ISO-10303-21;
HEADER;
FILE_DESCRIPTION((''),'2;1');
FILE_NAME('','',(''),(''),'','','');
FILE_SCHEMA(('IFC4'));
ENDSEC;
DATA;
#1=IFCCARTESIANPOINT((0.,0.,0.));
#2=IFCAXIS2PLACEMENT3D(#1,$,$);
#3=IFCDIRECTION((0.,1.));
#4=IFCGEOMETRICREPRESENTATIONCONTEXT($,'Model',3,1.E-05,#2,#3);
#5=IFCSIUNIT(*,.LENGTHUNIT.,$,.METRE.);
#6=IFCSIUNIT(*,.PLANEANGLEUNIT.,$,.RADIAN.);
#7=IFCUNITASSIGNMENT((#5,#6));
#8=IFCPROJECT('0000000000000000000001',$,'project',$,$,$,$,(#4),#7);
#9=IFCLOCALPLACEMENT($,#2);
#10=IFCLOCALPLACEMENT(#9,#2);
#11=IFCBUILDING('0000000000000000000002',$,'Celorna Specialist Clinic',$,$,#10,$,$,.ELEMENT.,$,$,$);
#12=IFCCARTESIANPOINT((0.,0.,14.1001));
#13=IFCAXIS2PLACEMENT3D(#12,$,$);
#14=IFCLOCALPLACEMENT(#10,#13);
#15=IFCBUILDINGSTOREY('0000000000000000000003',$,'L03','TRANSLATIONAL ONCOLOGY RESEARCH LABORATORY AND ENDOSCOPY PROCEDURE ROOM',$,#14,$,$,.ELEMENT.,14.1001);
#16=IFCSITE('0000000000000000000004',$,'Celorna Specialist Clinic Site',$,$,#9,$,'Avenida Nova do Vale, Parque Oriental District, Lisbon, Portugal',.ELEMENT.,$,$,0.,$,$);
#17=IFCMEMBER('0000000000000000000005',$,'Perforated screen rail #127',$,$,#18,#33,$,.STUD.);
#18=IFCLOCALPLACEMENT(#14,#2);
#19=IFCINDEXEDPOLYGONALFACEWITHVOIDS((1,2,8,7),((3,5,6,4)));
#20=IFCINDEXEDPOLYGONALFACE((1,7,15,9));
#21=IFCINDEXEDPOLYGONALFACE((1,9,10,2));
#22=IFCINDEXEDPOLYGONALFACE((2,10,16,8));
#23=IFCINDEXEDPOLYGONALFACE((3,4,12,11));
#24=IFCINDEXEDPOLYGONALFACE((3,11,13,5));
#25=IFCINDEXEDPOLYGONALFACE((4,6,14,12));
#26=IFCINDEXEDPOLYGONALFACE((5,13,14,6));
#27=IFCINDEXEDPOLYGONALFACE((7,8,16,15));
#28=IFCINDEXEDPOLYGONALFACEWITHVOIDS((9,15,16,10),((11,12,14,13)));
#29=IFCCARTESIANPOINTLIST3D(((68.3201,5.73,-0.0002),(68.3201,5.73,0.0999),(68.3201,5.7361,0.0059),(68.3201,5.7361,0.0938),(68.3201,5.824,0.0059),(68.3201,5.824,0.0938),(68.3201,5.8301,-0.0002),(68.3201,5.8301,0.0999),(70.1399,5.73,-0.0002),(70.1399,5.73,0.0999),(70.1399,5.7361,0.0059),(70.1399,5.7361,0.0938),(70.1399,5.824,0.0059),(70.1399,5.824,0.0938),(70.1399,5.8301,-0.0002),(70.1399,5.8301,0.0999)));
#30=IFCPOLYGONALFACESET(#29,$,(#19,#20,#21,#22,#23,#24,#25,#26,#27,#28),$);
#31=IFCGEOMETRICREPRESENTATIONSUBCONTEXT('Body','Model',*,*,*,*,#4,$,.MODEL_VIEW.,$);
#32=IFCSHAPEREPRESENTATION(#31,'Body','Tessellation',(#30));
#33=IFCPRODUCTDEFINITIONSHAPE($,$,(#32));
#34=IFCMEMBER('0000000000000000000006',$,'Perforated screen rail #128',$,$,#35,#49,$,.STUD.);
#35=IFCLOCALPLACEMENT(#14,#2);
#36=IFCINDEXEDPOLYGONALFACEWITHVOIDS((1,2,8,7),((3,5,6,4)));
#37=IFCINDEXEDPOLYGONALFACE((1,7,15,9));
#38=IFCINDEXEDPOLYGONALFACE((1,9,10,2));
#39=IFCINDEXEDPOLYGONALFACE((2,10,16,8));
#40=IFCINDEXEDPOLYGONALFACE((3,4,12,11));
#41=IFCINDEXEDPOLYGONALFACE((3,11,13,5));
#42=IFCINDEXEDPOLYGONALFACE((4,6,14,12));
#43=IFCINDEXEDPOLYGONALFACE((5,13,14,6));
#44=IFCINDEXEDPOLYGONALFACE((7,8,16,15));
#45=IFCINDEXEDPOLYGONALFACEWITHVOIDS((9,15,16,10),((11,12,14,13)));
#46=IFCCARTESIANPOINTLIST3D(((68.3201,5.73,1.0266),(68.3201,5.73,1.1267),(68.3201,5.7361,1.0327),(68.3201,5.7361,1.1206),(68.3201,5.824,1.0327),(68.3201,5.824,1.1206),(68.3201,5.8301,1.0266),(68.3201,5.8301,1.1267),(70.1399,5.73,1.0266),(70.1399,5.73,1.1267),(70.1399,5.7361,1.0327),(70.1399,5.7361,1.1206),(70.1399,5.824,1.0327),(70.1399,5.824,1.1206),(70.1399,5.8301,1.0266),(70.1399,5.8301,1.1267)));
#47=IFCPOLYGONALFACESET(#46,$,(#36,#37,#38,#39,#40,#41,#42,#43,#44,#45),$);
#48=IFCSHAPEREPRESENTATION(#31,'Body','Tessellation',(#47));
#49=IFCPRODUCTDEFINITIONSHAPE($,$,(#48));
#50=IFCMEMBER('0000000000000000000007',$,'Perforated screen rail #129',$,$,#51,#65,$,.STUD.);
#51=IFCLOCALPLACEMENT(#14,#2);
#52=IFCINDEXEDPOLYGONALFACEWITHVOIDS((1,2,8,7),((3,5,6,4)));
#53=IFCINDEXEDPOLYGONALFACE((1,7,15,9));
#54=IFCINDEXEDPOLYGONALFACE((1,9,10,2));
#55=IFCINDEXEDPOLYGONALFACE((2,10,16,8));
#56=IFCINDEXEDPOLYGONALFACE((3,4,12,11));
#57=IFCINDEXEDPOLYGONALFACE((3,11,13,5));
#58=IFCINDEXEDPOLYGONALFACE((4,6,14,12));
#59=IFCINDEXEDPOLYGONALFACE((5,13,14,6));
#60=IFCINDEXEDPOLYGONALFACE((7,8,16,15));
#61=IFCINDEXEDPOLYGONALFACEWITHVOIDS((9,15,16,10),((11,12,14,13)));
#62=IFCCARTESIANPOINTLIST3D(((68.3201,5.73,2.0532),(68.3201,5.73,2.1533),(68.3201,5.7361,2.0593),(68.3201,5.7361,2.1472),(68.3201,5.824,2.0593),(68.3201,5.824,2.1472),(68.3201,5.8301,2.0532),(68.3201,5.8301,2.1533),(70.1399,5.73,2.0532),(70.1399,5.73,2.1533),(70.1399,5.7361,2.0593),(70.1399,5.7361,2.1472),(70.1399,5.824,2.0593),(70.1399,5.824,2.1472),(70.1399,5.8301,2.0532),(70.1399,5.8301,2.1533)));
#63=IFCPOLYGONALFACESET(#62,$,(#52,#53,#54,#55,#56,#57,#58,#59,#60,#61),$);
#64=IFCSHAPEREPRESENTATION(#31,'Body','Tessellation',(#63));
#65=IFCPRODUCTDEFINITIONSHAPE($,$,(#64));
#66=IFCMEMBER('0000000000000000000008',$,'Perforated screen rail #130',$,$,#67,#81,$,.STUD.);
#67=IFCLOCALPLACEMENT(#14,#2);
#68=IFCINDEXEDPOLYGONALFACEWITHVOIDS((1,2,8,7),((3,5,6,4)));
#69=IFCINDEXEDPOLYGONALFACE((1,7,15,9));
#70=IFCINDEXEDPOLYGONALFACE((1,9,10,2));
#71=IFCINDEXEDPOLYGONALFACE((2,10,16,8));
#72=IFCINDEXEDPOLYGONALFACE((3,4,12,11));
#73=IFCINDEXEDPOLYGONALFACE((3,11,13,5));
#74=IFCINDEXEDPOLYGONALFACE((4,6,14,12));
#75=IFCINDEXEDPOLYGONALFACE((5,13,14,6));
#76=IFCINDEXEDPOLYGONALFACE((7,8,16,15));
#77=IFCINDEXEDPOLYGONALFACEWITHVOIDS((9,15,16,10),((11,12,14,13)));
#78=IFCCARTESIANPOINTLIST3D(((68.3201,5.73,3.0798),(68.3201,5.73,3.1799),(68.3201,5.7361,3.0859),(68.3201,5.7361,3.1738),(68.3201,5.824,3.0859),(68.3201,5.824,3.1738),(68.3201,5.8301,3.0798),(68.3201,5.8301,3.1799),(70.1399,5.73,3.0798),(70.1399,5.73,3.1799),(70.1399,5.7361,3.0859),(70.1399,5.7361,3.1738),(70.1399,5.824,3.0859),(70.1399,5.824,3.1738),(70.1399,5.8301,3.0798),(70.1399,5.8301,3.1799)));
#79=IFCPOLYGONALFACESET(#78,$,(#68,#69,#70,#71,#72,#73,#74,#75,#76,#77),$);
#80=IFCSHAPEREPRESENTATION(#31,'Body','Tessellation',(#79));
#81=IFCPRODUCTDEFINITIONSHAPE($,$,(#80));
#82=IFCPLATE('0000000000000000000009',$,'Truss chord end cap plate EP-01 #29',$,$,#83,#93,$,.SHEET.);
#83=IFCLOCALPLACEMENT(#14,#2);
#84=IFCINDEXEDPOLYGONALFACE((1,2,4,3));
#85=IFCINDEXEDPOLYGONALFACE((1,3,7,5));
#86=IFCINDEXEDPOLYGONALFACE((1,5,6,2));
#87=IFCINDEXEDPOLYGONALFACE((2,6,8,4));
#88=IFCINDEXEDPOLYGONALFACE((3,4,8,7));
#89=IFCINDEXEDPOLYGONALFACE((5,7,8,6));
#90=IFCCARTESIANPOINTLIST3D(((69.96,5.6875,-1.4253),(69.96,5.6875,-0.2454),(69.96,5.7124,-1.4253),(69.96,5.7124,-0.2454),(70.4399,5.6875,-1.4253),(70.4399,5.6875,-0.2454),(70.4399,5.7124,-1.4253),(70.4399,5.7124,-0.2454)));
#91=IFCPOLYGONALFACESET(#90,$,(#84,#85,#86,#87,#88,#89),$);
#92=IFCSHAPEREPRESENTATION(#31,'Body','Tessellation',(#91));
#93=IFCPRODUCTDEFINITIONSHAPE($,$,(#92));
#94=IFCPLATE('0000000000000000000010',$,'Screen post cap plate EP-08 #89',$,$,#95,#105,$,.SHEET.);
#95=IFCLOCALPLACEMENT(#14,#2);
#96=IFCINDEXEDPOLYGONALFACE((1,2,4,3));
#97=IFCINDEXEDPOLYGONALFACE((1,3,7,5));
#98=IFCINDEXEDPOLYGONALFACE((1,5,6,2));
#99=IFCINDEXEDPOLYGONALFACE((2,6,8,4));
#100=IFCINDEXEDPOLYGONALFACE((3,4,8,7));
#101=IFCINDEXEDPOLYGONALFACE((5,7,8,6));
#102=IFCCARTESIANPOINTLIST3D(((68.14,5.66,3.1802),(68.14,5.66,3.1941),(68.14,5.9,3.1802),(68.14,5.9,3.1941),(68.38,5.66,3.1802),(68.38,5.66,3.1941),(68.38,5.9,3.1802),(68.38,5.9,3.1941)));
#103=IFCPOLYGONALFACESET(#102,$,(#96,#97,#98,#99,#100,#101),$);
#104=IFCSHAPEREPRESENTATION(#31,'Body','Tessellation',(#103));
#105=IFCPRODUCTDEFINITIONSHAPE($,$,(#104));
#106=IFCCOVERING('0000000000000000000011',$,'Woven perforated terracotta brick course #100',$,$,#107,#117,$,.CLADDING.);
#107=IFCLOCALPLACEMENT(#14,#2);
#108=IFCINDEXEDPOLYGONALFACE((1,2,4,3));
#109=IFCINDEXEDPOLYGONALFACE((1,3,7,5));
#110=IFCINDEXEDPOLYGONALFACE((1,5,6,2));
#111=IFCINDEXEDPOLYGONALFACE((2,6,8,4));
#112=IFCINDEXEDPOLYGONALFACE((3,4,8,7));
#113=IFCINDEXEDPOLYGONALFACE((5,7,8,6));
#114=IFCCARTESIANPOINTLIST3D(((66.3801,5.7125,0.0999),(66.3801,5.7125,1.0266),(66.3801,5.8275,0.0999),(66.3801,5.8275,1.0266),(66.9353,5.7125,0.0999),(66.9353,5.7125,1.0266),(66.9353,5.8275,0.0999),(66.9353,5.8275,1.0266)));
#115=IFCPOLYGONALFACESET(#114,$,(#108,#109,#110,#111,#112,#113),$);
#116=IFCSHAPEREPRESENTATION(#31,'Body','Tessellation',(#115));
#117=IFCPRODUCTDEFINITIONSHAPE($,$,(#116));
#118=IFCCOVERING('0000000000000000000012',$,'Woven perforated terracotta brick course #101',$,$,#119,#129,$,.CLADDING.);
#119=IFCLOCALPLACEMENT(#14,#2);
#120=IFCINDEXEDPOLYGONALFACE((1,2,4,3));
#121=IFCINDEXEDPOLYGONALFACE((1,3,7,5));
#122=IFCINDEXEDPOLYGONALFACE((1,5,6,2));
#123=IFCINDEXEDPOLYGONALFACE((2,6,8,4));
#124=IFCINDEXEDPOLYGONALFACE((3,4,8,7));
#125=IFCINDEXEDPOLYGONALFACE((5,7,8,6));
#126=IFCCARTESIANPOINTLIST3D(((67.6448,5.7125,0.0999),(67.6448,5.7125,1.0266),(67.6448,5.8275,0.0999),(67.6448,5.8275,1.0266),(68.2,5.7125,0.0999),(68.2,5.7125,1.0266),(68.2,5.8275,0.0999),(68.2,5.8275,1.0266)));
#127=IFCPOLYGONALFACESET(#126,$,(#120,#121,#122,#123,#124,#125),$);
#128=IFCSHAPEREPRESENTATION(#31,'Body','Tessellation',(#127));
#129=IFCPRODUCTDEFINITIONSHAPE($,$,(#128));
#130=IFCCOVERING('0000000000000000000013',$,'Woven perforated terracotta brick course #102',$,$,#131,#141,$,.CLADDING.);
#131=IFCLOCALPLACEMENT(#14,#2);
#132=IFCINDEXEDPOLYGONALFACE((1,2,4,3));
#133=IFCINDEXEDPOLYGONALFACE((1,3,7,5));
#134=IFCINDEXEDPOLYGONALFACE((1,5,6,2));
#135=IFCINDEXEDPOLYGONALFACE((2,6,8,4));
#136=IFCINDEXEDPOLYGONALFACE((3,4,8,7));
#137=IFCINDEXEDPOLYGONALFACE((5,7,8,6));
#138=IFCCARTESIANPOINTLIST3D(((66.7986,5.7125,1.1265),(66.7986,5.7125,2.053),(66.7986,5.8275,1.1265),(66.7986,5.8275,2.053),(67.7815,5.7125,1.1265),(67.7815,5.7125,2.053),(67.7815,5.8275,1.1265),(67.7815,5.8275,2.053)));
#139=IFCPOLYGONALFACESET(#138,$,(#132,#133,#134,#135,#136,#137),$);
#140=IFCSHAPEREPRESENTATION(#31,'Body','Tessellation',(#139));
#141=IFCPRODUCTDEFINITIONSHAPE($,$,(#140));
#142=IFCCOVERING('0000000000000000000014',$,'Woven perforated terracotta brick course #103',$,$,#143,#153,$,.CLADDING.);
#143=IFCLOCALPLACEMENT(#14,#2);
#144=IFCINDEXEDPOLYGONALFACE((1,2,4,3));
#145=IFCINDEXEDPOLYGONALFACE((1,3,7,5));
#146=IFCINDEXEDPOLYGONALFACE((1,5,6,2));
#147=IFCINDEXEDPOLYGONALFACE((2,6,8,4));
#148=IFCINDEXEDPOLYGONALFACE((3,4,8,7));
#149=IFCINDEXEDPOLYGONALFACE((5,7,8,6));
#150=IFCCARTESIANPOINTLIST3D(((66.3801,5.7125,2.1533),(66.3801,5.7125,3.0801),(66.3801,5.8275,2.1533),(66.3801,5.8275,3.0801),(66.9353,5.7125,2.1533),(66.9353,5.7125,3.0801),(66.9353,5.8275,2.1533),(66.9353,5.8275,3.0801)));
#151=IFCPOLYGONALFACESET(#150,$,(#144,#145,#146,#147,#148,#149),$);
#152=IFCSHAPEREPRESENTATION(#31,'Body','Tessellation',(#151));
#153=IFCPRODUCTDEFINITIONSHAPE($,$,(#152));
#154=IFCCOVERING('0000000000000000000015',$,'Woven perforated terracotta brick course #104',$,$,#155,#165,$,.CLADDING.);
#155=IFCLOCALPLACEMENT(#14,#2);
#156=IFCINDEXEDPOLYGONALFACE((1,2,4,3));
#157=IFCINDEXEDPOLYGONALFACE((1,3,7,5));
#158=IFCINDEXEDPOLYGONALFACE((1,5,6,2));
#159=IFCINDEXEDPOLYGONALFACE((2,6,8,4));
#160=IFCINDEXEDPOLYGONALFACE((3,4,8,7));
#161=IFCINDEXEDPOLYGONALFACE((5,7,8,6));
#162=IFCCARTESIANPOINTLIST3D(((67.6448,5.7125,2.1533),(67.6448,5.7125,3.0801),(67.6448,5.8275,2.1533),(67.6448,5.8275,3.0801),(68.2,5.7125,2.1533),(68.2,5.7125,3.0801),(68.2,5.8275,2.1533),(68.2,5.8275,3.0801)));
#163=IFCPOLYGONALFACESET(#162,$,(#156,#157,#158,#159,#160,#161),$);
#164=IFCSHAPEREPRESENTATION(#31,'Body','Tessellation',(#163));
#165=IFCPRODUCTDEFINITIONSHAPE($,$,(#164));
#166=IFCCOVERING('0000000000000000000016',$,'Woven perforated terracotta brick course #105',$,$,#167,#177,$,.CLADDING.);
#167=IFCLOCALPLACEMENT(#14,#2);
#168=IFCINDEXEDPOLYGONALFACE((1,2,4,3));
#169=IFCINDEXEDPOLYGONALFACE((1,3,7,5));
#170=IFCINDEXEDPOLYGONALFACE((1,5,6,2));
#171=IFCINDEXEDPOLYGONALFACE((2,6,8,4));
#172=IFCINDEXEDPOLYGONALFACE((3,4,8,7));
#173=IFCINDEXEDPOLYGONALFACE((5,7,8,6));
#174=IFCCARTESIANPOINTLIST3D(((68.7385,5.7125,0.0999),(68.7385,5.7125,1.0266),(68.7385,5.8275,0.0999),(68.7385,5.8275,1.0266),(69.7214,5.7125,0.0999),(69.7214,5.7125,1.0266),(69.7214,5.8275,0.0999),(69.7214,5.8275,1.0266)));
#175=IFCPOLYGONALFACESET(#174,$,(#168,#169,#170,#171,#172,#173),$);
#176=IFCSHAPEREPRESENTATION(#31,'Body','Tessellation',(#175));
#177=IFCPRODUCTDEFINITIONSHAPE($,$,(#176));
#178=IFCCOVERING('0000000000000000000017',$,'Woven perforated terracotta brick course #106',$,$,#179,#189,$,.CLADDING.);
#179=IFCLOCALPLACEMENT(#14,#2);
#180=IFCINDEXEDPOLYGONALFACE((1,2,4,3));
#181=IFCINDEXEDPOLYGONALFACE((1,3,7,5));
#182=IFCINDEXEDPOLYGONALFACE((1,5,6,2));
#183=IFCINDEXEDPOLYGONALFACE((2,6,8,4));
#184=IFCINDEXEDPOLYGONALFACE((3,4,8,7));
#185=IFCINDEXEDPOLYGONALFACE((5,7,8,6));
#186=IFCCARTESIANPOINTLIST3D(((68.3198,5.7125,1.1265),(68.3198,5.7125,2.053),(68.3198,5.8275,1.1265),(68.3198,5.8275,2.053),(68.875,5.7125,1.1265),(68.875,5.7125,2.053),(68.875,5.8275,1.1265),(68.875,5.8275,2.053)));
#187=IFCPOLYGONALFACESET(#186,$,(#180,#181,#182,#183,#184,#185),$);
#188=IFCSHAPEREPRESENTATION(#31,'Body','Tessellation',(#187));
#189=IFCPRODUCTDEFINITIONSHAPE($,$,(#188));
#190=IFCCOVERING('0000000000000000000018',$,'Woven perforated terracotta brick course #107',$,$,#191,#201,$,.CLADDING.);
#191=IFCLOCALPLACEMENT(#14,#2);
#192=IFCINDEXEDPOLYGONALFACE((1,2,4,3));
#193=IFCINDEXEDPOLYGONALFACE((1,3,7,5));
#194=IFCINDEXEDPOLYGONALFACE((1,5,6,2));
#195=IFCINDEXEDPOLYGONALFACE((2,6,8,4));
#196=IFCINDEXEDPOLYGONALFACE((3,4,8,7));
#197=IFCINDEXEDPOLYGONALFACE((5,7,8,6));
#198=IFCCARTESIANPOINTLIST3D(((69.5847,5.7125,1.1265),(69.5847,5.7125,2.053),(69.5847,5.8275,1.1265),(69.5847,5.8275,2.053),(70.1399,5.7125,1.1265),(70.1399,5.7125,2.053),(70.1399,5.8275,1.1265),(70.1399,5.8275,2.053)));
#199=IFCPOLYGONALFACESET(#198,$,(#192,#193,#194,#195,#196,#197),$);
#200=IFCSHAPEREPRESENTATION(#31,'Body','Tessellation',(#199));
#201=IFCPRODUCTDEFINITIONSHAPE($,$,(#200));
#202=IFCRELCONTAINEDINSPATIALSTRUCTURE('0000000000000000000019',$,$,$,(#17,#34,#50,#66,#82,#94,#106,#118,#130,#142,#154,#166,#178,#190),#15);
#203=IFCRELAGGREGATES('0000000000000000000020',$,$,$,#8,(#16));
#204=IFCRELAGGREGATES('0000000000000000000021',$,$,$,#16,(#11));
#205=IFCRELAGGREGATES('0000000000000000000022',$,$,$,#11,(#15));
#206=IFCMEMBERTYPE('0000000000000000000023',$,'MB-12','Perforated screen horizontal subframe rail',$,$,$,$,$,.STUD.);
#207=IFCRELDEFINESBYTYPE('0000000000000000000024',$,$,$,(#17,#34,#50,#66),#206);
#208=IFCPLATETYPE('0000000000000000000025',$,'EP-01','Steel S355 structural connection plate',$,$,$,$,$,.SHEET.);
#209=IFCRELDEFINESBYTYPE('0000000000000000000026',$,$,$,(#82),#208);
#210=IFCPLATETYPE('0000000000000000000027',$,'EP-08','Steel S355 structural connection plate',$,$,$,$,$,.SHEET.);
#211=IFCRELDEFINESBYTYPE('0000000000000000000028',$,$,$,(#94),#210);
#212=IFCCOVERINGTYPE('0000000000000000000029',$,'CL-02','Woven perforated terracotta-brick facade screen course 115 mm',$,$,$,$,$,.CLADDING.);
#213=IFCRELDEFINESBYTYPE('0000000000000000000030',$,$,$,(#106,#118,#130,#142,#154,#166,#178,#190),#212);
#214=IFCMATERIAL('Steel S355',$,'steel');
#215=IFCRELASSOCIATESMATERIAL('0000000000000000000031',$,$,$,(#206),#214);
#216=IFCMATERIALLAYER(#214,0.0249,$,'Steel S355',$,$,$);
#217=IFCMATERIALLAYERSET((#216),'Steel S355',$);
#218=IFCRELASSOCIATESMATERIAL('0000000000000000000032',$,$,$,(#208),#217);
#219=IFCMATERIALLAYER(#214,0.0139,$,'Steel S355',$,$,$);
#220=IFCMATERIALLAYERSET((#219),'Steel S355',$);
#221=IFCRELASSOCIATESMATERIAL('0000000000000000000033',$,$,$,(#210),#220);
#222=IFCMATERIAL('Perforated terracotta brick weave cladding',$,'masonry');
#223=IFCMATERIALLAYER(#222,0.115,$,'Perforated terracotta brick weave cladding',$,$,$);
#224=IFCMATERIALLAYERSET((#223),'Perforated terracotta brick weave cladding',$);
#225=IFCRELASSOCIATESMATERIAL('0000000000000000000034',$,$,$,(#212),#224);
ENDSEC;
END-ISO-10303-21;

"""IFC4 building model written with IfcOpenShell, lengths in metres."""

from ifc_helpers import new_model, si_unit, direction, frame, origin, origin_2d, place, context, subcontext, project, spatial, rectangle, hollow_rectangle, extrude, material, layer, layer_set, material_profile, profile_set, type_object, element, save


model = new_model("IFC4")

# Units and contexts
model_context = context("Model", 3, precision=1e-05, world=origin(), true_north=direction((0.0, 1.0)))
body_context = subcontext(model_context, "Body", "Model", "MODEL_VIEW")
ifc_project = project(units=[si_unit("LENGTHUNIT", "METRE"), si_unit("PLANEANGLEUNIT", "RADIAN")], contexts=[model_context])

# Site, building, storey
site_placement = place(None, origin())
site = spatial("IfcSite", under=ifc_project, at=site_placement, Name="Celorna Specialist Clinic Site", LongName="Avenida Nova do Vale, Parque Oriental District, Lisbon, Portugal", CompositionType="ELEMENT", RefElevation=0.0)
building_placement = place(site_placement, origin())
building = spatial("IfcBuilding", under=site, at=building_placement, Name="Celorna Specialist Clinic", CompositionType="ELEMENT")
storey_placement = place(building_placement, frame((0.0, 0.0, 14.1001)))
storey = spatial("IfcBuildingStorey", under=building, at=storey_placement, Name="L03", Description="TRANSLATIONAL ONCOLOGY RESEARCH LABORATORY AND ENDOSCOPY PROCEDURE ROOM", CompositionType="ELEMENT", Elevation=14.1001)

# Shared definitions
ifc_material_1 = material(Name="Steel S355", Category="steel")

# Members
ifc_material_profile_1 = material_profile(ifc_material_1, hollow_rectangle(XDim=0.1001, YDim=0.1001, WallThickness=0.0061, at=origin_2d()), Name="SHS 100x100x6")
ifc_profile_set_1 = profile_set([ifc_material_profile_1], Name="Steel S355")
member_type_1 = type_object("IfcMemberType", Name="MB-12", Description="Perforated screen horizontal subframe rail", PredefinedType="STUD", material=ifc_profile_set_1)
for number, where, z_axis, x_axis, name in (
    (1, (68.3201, 5.78, 0.0498), (1.0, 0.0, 0.0), (0.0, 1.0, 0.0), "Perforated screen rail #127"),
    (2, (68.3201, 5.78, 1.0767), (1.0, 0.0, 0.0), (0.0, 1.0, 0.0), "Perforated screen rail #128"),
    (3, (68.3201, 5.78, 2.1033), (1.0, 0.0, 0.0), (0.0, 1.0, 0.0), "Perforated screen rail #129"),
    (4, (68.3201, 5.78, 3.1299), (1.0, 0.0, 0.0), (0.0, 1.0, 0.0), "Perforated screen rail #130"),
):
    element("IfcMember", number, at=place(storey_placement, frame(where, z_axis=z_axis, x_axis=x_axis)), inside=storey, type_object=member_type_1, Name=name, PredefinedType="STUD", context=body_context, shape_type="SweptSolid", body=[
        extrude(hollow_rectangle(XDim=0.1001, YDim=0.1001, WallThickness=0.0061, at=origin_2d()), origin(), (0.0, 0.0, 1.0), 1.8198),
    ])

# Plates
ifc_layer_1 = layer(ifc_material_1, 0.0249, Name="Steel S355")
ifc_layer_set_1 = layer_set([ifc_layer_1], Name="Steel S355")
plate_type_1 = type_object("IfcPlateType", Name="EP-01", Description="Steel S355 structural connection plate", PredefinedType="SHEET", material=ifc_layer_set_1)
plate_1_placement = place(storey_placement, frame((70.2, 5.7, -1.4253), z_axis=(0.0, 0.0, 1.0), x_axis=(1.0, 0.0, 0.0)))
element("IfcPlate", 5, at=plate_1_placement, inside=storey, type_object=plate_type_1, Name="Truss chord end cap plate EP-01 #29", PredefinedType="SHEET", context=body_context, shape_type="SweptSolid", body=[
    extrude(rectangle(XDim=0.48, YDim=0.0249, at=origin_2d()), origin(), (0.0, 0.0, 1.0), 1.1799),
])
ifc_layer_2 = layer(ifc_material_1, 0.0139, Name="Steel S355")
ifc_layer_set_2 = layer_set([ifc_layer_2], Name="Steel S355")
plate_type_2 = type_object("IfcPlateType", Name="EP-08", Description="Steel S355 structural connection plate", PredefinedType="SHEET", material=ifc_layer_set_2)
plate_2_placement = place(storey_placement, frame((68.26, 5.78, 3.1802), z_axis=(0.0, 0.0, 1.0), x_axis=(1.0, 0.0, 0.0)))
element("IfcPlate", 6, at=plate_2_placement, inside=storey, type_object=plate_type_2, Name="Screen post cap plate EP-08 #89", PredefinedType="SHEET", context=body_context, shape_type="SweptSolid", body=[
    extrude(rectangle(XDim=0.24, YDim=0.24, at=origin_2d()), origin(), (0.0, 0.0, 1.0), 0.0139),
])

# Coverings
ifc_material_2 = material(Name="Perforated terracotta brick weave cladding", Category="masonry")
ifc_layer_3 = layer(ifc_material_2, 0.115, Name="Perforated terracotta brick weave cladding")
ifc_layer_set_3 = layer_set([ifc_layer_3], Name="Perforated terracotta brick weave cladding")
covering_type = type_object("IfcCoveringType", Name="CL-02", Description="Woven perforated terracotta-brick facade screen course 115 mm", PredefinedType="CLADDING", material=ifc_layer_set_3)
for number, where, z_axis, x_axis, name in (
    (7, (66.6577, 5.77, 0.0999), (0.0, 0.0, 1.0), (1.0, 0.0, 0.0), "Woven perforated terracotta brick course #100"),
    (8, (67.9224, 5.77, 0.0999), (0.0, 0.0, 1.0), (1.0, 0.0, 0.0), "Woven perforated terracotta brick course #101"),
):
    element("IfcCovering", number, at=place(storey_placement, frame(where, z_axis=z_axis, x_axis=x_axis)), inside=storey, type_object=covering_type, Name=name, PredefinedType="CLADDING", context=body_context, shape_type="SweptSolid", body=[
        extrude(rectangle(XDim=0.5552, YDim=0.115, at=origin_2d()), origin(), (0.0, 0.0, 1.0), 0.9268),
    ])
covering_1_placement = place(storey_placement, frame((67.29, 5.77, 1.1265), z_axis=(0.0, 0.0, 1.0), x_axis=(1.0, 0.0, 0.0)))
element("IfcCovering", 9, at=covering_1_placement, inside=storey, type_object=covering_type, Name="Woven perforated terracotta brick course #102", PredefinedType="CLADDING", context=body_context, shape_type="SweptSolid", body=[
    extrude(rectangle(XDim=0.9829, YDim=0.115, at=origin_2d()), origin(), (0.0, 0.0, 1.0), 0.9265),
])
for number, where, z_axis, x_axis, name in (
    (10, (66.6577, 5.77, 2.1533), (0.0, 0.0, 1.0), (1.0, 0.0, 0.0), "Woven perforated terracotta brick course #103"),
    (11, (67.9224, 5.77, 2.1533), (0.0, 0.0, 1.0), (1.0, 0.0, 0.0), "Woven perforated terracotta brick course #104"),
):
    element("IfcCovering", number, at=place(storey_placement, frame(where, z_axis=z_axis, x_axis=x_axis)), inside=storey, type_object=covering_type, Name=name, PredefinedType="CLADDING", context=body_context, shape_type="SweptSolid", body=[
        extrude(rectangle(XDim=0.5552, YDim=0.115, at=origin_2d()), origin(), (0.0, 0.0, 1.0), 0.9268),
    ])
covering_2_placement = place(storey_placement, frame((69.23, 5.77, 0.0999), z_axis=(0.0, 0.0, 1.0), x_axis=(1.0, 0.0, 0.0)))
element("IfcCovering", 12, at=covering_2_placement, inside=storey, type_object=covering_type, Name="Woven perforated terracotta brick course #105", PredefinedType="CLADDING", context=body_context, shape_type="SweptSolid", body=[
    extrude(rectangle(XDim=0.9829, YDim=0.115, at=origin_2d()), origin(), (0.0, 0.0, 1.0), 0.9268),
])
for number, where, z_axis, x_axis, name in (
    (13, (68.5974, 5.77, 1.1265), (0.0, 0.0, 1.0), (1.0, 0.0, 0.0), "Woven perforated terracotta brick course #106"),
    (14, (69.8623, 5.77, 1.1265), (0.0, 0.0, 1.0), (1.0, 0.0, 0.0), "Woven perforated terracotta brick course #107"),
):
    element("IfcCovering", number, at=place(storey_placement, frame(where, z_axis=z_axis, x_axis=x_axis)), inside=storey, type_object=covering_type, Name=name, PredefinedType="CLADDING", context=body_context, shape_type="SweptSolid", body=[
        extrude(rectangle(XDim=0.5552, YDim=0.115, at=origin_2d()), origin(), (0.0, 0.0, 1.0), 0.9265),
    ])

save(model, "model.ifc")
